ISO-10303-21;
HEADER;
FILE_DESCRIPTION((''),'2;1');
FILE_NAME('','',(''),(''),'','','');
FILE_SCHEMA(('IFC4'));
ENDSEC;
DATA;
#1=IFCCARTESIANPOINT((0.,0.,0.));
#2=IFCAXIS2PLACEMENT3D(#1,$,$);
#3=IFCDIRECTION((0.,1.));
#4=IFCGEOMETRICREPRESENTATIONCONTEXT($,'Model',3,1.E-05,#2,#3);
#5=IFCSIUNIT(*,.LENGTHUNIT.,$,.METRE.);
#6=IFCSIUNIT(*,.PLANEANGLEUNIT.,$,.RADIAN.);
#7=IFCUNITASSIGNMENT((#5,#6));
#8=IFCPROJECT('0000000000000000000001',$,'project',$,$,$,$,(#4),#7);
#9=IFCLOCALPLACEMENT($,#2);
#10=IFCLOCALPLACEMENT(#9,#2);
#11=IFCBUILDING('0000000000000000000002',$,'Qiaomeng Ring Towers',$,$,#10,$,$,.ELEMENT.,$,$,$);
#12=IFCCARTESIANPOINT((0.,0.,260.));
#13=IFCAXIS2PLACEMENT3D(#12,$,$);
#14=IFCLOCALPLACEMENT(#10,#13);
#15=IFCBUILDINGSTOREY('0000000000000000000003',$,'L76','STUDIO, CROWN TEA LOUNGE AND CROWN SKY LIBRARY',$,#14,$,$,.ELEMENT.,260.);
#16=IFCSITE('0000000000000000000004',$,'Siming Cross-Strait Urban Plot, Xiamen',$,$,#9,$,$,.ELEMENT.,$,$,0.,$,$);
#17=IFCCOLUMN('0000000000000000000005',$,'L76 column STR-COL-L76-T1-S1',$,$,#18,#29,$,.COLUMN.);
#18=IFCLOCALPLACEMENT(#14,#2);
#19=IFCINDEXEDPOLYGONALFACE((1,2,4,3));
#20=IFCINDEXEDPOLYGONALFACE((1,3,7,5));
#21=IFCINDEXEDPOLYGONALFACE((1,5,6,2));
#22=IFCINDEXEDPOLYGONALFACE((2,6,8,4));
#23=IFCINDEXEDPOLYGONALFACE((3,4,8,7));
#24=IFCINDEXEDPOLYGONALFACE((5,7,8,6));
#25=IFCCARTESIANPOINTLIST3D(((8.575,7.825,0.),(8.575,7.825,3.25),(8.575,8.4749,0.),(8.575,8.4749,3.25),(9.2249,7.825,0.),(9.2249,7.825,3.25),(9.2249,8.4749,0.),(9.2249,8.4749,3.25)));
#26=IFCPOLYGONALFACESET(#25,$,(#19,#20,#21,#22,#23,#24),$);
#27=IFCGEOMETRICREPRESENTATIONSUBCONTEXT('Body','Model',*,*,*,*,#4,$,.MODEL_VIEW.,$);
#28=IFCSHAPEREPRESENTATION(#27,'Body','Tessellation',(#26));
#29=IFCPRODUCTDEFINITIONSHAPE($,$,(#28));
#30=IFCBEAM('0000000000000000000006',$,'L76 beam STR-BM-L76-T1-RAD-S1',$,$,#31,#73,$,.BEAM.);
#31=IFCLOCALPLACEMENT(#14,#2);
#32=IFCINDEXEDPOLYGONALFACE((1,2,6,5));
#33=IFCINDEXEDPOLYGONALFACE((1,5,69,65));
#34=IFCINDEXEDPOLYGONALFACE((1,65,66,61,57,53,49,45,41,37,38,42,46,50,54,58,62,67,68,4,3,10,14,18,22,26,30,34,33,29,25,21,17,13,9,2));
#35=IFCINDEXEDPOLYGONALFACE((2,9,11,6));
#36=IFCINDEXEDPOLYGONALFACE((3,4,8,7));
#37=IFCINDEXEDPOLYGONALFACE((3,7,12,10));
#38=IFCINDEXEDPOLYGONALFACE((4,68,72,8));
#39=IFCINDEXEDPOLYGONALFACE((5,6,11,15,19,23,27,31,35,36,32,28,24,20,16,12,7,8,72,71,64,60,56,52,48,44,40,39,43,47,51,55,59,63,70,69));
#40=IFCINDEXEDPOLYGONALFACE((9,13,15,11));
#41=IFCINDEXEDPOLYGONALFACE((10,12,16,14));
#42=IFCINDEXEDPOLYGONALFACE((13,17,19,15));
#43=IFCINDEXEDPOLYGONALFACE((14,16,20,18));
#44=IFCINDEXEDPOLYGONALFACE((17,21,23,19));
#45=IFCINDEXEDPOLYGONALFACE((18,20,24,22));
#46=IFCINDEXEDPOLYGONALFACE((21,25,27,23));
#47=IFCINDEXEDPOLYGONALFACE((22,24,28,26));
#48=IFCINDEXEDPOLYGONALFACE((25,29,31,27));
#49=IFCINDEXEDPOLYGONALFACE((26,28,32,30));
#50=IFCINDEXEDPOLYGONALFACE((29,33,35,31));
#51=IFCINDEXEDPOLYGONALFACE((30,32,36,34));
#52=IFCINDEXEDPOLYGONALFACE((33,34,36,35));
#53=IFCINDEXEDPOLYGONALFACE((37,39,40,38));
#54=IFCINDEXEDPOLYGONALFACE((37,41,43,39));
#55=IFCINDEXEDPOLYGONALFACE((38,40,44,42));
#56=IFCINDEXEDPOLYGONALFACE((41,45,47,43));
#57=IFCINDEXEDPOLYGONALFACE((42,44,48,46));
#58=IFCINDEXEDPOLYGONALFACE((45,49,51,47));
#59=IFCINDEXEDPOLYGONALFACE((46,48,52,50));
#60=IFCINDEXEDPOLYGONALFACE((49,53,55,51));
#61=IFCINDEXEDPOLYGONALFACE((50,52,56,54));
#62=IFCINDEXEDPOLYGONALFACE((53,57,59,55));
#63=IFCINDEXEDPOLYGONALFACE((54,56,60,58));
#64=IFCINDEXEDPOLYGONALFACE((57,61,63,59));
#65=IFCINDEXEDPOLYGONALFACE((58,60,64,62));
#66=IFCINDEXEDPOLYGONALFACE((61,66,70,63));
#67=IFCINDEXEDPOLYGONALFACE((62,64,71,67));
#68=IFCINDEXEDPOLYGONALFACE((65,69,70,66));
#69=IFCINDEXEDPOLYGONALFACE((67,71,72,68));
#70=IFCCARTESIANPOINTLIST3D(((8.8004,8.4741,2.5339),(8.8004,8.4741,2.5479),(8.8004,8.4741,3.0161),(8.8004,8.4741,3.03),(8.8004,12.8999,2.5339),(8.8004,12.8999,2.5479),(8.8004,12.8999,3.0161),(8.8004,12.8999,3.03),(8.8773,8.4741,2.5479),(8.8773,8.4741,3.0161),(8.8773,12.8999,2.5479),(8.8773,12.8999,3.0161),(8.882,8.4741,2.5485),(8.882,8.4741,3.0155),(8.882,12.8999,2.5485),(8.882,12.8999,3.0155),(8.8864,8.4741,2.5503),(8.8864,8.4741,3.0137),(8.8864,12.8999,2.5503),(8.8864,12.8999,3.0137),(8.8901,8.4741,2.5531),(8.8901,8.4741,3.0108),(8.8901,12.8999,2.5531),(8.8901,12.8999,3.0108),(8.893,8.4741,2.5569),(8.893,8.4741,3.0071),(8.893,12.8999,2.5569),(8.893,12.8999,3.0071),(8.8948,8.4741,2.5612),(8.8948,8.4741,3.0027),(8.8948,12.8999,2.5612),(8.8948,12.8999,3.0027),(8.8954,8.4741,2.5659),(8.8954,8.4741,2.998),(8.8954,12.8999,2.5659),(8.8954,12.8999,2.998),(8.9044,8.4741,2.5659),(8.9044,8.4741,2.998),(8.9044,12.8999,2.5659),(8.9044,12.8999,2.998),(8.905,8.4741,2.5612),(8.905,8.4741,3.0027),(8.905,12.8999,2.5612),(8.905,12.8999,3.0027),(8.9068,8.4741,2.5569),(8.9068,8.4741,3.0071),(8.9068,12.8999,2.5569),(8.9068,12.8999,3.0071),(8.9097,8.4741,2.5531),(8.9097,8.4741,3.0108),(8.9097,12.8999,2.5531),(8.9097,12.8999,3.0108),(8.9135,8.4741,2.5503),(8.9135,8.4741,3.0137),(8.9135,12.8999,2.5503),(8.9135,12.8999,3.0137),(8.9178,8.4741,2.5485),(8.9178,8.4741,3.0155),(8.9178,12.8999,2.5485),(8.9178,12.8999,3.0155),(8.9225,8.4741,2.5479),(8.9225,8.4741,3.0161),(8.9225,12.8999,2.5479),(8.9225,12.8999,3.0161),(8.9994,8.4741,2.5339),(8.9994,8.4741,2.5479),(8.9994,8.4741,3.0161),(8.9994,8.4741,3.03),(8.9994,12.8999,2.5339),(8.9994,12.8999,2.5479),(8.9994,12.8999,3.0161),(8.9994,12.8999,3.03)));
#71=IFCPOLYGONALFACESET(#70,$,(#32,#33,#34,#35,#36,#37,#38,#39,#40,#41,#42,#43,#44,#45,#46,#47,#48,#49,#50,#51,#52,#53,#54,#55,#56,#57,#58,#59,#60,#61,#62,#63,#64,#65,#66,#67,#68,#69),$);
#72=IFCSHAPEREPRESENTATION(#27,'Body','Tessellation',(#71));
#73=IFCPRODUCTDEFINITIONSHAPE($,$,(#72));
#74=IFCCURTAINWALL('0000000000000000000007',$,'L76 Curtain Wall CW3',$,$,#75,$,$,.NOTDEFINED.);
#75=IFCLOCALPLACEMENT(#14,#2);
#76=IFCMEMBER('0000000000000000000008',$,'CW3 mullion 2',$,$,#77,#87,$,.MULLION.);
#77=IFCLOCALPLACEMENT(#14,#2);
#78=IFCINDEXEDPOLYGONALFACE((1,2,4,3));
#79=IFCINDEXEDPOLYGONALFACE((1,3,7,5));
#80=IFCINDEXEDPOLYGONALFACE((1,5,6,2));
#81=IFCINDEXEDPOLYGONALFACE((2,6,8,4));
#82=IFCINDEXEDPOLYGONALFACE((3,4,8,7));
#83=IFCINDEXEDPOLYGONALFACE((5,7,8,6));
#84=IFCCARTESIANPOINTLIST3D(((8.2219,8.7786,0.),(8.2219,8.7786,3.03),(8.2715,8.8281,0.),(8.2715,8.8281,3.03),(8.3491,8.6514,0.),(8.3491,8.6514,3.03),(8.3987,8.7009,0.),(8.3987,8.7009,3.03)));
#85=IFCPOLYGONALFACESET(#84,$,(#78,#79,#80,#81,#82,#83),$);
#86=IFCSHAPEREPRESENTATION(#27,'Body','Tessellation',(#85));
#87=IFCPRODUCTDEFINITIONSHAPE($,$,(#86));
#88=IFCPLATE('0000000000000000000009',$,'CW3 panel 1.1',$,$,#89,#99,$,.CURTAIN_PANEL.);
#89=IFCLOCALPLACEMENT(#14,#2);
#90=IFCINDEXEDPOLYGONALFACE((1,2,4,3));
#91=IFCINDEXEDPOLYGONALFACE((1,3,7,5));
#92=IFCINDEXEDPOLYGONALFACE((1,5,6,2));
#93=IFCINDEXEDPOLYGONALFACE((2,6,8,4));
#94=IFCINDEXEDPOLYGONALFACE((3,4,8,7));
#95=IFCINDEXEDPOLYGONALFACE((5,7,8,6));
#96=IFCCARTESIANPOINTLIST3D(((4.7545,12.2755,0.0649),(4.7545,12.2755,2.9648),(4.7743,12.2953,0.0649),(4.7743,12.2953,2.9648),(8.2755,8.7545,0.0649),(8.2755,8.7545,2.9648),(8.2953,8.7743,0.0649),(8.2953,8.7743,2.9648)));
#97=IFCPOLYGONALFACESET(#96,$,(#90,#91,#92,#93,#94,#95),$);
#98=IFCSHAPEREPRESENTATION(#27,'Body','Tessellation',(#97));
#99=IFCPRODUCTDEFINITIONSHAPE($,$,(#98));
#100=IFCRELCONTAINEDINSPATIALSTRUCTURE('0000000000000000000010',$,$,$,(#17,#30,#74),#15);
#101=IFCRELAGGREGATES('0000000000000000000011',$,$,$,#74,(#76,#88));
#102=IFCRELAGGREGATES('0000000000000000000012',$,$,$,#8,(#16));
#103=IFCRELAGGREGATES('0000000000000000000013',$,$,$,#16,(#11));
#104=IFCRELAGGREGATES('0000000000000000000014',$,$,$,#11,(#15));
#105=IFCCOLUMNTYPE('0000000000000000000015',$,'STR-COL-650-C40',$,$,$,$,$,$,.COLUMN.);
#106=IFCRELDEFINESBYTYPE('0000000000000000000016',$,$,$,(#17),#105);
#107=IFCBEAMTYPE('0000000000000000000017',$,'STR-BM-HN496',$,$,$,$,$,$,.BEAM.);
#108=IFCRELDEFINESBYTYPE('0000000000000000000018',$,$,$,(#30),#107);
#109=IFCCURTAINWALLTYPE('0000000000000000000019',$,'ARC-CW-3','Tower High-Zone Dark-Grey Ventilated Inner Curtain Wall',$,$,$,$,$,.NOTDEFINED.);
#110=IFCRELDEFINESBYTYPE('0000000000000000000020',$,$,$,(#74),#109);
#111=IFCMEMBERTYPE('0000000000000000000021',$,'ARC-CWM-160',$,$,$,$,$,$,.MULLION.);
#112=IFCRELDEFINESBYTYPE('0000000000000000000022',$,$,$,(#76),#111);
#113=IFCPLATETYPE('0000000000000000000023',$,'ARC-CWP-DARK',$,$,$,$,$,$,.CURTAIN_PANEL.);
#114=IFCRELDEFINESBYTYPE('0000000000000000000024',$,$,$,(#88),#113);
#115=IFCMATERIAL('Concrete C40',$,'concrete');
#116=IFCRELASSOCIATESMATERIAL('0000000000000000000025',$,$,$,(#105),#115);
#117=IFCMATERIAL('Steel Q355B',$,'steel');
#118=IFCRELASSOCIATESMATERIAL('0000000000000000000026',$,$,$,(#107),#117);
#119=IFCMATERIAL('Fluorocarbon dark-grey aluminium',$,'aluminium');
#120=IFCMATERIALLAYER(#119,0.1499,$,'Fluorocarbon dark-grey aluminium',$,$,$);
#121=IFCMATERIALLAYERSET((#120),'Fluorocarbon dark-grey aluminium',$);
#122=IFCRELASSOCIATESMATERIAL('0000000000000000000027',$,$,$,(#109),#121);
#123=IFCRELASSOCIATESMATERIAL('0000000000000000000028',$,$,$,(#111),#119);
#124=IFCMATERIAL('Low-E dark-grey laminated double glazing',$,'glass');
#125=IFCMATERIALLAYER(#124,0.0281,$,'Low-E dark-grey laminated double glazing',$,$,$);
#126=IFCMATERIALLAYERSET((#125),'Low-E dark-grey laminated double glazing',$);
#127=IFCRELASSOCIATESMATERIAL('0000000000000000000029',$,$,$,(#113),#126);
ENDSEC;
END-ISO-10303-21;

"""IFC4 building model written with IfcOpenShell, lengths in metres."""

from ifc_helpers import new_model, si_unit, direction, frame, origin, origin_2d, place, context, subcontext, project, spatial, rectangle, i_section, extrude, source, transform, mapped, material, layer, layer_set, material_profile, profile_set, type_object, element, aggregate, save


model = new_model("IFC4")

# Units and contexts
model_context = context("Model", 3, precision=1e-05, world=origin(), true_north=direction((0.0, 1.0)))
body_context = subcontext(model_context, "Body", "Model", "MODEL_VIEW")
ifc_project = project(units=[si_unit("LENGTHUNIT", "METRE"), si_unit("PLANEANGLEUNIT", "RADIAN")], contexts=[model_context])

# Site, building, storey
site_placement = place(None, origin())
site = spatial("IfcSite", under=ifc_project, at=site_placement, Name="Siming Cross-Strait Urban Plot, Xiamen", CompositionType="ELEMENT", RefElevation=0.0)
building_placement = place(site_placement, origin())
building = spatial("IfcBuilding", under=site, at=building_placement, Name="Qiaomeng Ring Towers", CompositionType="ELEMENT")
storey_placement = place(building_placement, frame((0.0, 0.0, 260.0)))
storey = spatial("IfcBuildingStorey", under=building, at=storey_placement, Name="L76", Description="STUDIO, CROWN TEA LOUNGE AND CROWN SKY LIBRARY", CompositionType="ELEMENT", Elevation=260.0)

# Column
ifc_material_1 = material(Name="Concrete C40", Category="concrete")
ifc_material_profile_1 = material_profile(ifc_material_1, rectangle(XDim=0.6499, YDim=0.6499, at=origin_2d()), Name="RC COL 650x650")
ifc_profile_set_1 = profile_set([ifc_material_profile_1], Name="Concrete C40")
column_type = type_object("IfcColumnType", Name="STR-COL-650-C40", PredefinedType="COLUMN", material=ifc_profile_set_1)
shared_shape_1 = source(origin(), body_context, "Body", "SweptSolid", [
    extrude(rectangle(XDim=0.6499, YDim=0.6499, at=origin_2d()), origin(), (0.0, 0.0, 1.0), 3.25),
])
column_placement = place(storey_placement, frame((8.8999, 8.1499, 0.0), z_axis=(0.0, 0.0, 1.0), x_axis=(1.0, 0.0, 0.0)))
element("IfcColumn", 1, at=column_placement, inside=storey, type_object=column_type, Name="L76 column STR-COL-L76-T1-S1", PredefinedType="COLUMN", context=body_context, shape_type="MappedRepresentation", body=[
    mapped(shared_shape_1, transform((0.0, 0.0, 0.0), x_axis=(1.0, 0.0, 0.0), y_axis=(0.0, 1.0, 0.0), z_axis=(0.0, 0.0, 1.0), scale=1.0)),
])

# Beam
ifc_material_2 = material(Name="Steel Q355B", Category="steel")
ifc_material_profile_2 = material_profile(ifc_material_2, i_section(OverallWidth=0.199, OverallDepth=0.4961, WebThickness=0.009, FlangeThickness=0.0139, FilletRadius=0.0181, at=origin_2d()), Name="HN 496x199x9x14")
ifc_profile_set_2 = profile_set([ifc_material_profile_2], Name="Steel Q355B")
beam_type = type_object("IfcBeamType", Name="STR-BM-HN496", PredefinedType="BEAM", material=ifc_profile_set_2)
shared_shape_2 = source(origin(), body_context, "Body", "SweptSolid", [
    extrude(i_section(OverallWidth=0.199, OverallDepth=0.4961, WebThickness=0.009, FlangeThickness=0.0139, FilletRadius=0.0181, at=origin_2d()), origin(), (0.0, 0.0, 1.0), 4.4258),
])
beam_placement = place(storey_placement, frame((8.8999, 8.4741, 2.782), z_axis=(0.0, 1.0, 0.0), x_axis=(-1.0, 0.0, 0.0)))
element("IfcBeam", 2, at=beam_placement, inside=storey, type_object=beam_type, Name="L76 beam STR-BM-L76-T1-RAD-S1", PredefinedType="BEAM", context=body_context, shape_type="MappedRepresentation", body=[
    mapped(shared_shape_2, transform((0.0, 0.0, 0.0), x_axis=(1.0, 0.0, 0.0), y_axis=(0.0, 1.0, 0.0), z_axis=(0.0, 0.0, 1.0), scale=1.0)),
])

# Curtain wall, member, plate
ifc_material_3 = material(Name="Fluorocarbon dark-grey aluminium", Category="aluminium")
ifc_layer_1 = layer(ifc_material_3, 0.1499, Name="Fluorocarbon dark-grey aluminium")
ifc_layer_set_1 = layer_set([ifc_layer_1], Name="Fluorocarbon dark-grey aluminium")
curtain_wall_type = type_object("IfcCurtainWallType", Name="ARC-CW-3", Description="Tower High-Zone Dark-Grey Ventilated Inner Curtain Wall", PredefinedType="NOTDEFINED", material=ifc_layer_set_1)
curtain_wall_placement = place(storey_placement, origin())
curtain_wall = element("IfcCurtainWall", 3, at=curtain_wall_placement, inside=storey, type_object=curtain_wall_type, Name="L76 Curtain Wall CW3", PredefinedType="NOTDEFINED")
ifc_material_profile_3 = material_profile(ifc_material_3, rectangle(XDim=0.0701, YDim=0.1799, at=origin_2d()), Name="ALU MULL 70x180")
ifc_profile_set_3 = profile_set([ifc_material_profile_3], Name="Fluorocarbon dark-grey aluminium")
member_type = type_object("IfcMemberType", Name="ARC-CWM-160", PredefinedType="MULLION", material=ifc_profile_set_3)
shared_shape_3 = source(origin(), body_context, "Body", "SweptSolid", [
    extrude(rectangle(XDim=0.0701, YDim=0.1799, at=origin_2d()), origin(), (0.0, 0.0, 1.0), 3.03),
])
member_placement = place(storey_placement, frame((8.3103, 8.7397, 0.0), z_axis=(0.0, 0.0, 1.0), x_axis=(0.707107, 0.707107, 0.0)))
member = element("IfcMember", 4, at=member_placement, type_object=member_type, Name="CW3 mullion 2", PredefinedType="MULLION", context=body_context, shape_type="MappedRepresentation", body=[
    mapped(shared_shape_3, transform((0.0, 0.0, 0.0), x_axis=(1.0, 0.0, 0.0), y_axis=(0.0, 1.0, 0.0), z_axis=(0.0, 0.0, 1.0), scale=1.0)),
])
ifc_material_4 = material(Name="Low-E dark-grey laminated double glazing", Category="glass")
ifc_layer_2 = layer(ifc_material_4, 0.0281, Name="Low-E dark-grey laminated double glazing")
ifc_layer_set_2 = layer_set([ifc_layer_2], Name="Low-E dark-grey laminated double glazing")
plate_type = type_object("IfcPlateType", Name="ARC-CWP-DARK", PredefinedType="CURTAIN_PANEL", material=ifc_layer_set_2)
shared_shape_4 = source(origin(), body_context, "Body", "SweptSolid", [
    extrude(rectangle(XDim=4.9795, YDim=0.0281, at=origin_2d()), origin(), (0.0, 0.0, 1.0), 2.8999),
])
plate_placement = place(storey_placement, frame((6.5249, 10.5249, 0.0649), z_axis=(0.0, 0.0, 1.0), x_axis=(0.707107, -0.707107, 0.0)))
plate = element("IfcPlate", 5, at=plate_placement, type_object=plate_type, Name="CW3 panel 1.1", PredefinedType="CURTAIN_PANEL", context=body_context, shape_type="MappedRepresentation", body=[
    mapped(shared_shape_4, transform((0.0, 0.0, 0.0), x_axis=(1.0, 0.0, 0.0), y_axis=(0.0, 1.0, 0.0), z_axis=(0.0, 0.0, 1.0), scale=1.0)),
])
aggregate(curtain_wall, [member, plate])

save(model, "model.ifc")
